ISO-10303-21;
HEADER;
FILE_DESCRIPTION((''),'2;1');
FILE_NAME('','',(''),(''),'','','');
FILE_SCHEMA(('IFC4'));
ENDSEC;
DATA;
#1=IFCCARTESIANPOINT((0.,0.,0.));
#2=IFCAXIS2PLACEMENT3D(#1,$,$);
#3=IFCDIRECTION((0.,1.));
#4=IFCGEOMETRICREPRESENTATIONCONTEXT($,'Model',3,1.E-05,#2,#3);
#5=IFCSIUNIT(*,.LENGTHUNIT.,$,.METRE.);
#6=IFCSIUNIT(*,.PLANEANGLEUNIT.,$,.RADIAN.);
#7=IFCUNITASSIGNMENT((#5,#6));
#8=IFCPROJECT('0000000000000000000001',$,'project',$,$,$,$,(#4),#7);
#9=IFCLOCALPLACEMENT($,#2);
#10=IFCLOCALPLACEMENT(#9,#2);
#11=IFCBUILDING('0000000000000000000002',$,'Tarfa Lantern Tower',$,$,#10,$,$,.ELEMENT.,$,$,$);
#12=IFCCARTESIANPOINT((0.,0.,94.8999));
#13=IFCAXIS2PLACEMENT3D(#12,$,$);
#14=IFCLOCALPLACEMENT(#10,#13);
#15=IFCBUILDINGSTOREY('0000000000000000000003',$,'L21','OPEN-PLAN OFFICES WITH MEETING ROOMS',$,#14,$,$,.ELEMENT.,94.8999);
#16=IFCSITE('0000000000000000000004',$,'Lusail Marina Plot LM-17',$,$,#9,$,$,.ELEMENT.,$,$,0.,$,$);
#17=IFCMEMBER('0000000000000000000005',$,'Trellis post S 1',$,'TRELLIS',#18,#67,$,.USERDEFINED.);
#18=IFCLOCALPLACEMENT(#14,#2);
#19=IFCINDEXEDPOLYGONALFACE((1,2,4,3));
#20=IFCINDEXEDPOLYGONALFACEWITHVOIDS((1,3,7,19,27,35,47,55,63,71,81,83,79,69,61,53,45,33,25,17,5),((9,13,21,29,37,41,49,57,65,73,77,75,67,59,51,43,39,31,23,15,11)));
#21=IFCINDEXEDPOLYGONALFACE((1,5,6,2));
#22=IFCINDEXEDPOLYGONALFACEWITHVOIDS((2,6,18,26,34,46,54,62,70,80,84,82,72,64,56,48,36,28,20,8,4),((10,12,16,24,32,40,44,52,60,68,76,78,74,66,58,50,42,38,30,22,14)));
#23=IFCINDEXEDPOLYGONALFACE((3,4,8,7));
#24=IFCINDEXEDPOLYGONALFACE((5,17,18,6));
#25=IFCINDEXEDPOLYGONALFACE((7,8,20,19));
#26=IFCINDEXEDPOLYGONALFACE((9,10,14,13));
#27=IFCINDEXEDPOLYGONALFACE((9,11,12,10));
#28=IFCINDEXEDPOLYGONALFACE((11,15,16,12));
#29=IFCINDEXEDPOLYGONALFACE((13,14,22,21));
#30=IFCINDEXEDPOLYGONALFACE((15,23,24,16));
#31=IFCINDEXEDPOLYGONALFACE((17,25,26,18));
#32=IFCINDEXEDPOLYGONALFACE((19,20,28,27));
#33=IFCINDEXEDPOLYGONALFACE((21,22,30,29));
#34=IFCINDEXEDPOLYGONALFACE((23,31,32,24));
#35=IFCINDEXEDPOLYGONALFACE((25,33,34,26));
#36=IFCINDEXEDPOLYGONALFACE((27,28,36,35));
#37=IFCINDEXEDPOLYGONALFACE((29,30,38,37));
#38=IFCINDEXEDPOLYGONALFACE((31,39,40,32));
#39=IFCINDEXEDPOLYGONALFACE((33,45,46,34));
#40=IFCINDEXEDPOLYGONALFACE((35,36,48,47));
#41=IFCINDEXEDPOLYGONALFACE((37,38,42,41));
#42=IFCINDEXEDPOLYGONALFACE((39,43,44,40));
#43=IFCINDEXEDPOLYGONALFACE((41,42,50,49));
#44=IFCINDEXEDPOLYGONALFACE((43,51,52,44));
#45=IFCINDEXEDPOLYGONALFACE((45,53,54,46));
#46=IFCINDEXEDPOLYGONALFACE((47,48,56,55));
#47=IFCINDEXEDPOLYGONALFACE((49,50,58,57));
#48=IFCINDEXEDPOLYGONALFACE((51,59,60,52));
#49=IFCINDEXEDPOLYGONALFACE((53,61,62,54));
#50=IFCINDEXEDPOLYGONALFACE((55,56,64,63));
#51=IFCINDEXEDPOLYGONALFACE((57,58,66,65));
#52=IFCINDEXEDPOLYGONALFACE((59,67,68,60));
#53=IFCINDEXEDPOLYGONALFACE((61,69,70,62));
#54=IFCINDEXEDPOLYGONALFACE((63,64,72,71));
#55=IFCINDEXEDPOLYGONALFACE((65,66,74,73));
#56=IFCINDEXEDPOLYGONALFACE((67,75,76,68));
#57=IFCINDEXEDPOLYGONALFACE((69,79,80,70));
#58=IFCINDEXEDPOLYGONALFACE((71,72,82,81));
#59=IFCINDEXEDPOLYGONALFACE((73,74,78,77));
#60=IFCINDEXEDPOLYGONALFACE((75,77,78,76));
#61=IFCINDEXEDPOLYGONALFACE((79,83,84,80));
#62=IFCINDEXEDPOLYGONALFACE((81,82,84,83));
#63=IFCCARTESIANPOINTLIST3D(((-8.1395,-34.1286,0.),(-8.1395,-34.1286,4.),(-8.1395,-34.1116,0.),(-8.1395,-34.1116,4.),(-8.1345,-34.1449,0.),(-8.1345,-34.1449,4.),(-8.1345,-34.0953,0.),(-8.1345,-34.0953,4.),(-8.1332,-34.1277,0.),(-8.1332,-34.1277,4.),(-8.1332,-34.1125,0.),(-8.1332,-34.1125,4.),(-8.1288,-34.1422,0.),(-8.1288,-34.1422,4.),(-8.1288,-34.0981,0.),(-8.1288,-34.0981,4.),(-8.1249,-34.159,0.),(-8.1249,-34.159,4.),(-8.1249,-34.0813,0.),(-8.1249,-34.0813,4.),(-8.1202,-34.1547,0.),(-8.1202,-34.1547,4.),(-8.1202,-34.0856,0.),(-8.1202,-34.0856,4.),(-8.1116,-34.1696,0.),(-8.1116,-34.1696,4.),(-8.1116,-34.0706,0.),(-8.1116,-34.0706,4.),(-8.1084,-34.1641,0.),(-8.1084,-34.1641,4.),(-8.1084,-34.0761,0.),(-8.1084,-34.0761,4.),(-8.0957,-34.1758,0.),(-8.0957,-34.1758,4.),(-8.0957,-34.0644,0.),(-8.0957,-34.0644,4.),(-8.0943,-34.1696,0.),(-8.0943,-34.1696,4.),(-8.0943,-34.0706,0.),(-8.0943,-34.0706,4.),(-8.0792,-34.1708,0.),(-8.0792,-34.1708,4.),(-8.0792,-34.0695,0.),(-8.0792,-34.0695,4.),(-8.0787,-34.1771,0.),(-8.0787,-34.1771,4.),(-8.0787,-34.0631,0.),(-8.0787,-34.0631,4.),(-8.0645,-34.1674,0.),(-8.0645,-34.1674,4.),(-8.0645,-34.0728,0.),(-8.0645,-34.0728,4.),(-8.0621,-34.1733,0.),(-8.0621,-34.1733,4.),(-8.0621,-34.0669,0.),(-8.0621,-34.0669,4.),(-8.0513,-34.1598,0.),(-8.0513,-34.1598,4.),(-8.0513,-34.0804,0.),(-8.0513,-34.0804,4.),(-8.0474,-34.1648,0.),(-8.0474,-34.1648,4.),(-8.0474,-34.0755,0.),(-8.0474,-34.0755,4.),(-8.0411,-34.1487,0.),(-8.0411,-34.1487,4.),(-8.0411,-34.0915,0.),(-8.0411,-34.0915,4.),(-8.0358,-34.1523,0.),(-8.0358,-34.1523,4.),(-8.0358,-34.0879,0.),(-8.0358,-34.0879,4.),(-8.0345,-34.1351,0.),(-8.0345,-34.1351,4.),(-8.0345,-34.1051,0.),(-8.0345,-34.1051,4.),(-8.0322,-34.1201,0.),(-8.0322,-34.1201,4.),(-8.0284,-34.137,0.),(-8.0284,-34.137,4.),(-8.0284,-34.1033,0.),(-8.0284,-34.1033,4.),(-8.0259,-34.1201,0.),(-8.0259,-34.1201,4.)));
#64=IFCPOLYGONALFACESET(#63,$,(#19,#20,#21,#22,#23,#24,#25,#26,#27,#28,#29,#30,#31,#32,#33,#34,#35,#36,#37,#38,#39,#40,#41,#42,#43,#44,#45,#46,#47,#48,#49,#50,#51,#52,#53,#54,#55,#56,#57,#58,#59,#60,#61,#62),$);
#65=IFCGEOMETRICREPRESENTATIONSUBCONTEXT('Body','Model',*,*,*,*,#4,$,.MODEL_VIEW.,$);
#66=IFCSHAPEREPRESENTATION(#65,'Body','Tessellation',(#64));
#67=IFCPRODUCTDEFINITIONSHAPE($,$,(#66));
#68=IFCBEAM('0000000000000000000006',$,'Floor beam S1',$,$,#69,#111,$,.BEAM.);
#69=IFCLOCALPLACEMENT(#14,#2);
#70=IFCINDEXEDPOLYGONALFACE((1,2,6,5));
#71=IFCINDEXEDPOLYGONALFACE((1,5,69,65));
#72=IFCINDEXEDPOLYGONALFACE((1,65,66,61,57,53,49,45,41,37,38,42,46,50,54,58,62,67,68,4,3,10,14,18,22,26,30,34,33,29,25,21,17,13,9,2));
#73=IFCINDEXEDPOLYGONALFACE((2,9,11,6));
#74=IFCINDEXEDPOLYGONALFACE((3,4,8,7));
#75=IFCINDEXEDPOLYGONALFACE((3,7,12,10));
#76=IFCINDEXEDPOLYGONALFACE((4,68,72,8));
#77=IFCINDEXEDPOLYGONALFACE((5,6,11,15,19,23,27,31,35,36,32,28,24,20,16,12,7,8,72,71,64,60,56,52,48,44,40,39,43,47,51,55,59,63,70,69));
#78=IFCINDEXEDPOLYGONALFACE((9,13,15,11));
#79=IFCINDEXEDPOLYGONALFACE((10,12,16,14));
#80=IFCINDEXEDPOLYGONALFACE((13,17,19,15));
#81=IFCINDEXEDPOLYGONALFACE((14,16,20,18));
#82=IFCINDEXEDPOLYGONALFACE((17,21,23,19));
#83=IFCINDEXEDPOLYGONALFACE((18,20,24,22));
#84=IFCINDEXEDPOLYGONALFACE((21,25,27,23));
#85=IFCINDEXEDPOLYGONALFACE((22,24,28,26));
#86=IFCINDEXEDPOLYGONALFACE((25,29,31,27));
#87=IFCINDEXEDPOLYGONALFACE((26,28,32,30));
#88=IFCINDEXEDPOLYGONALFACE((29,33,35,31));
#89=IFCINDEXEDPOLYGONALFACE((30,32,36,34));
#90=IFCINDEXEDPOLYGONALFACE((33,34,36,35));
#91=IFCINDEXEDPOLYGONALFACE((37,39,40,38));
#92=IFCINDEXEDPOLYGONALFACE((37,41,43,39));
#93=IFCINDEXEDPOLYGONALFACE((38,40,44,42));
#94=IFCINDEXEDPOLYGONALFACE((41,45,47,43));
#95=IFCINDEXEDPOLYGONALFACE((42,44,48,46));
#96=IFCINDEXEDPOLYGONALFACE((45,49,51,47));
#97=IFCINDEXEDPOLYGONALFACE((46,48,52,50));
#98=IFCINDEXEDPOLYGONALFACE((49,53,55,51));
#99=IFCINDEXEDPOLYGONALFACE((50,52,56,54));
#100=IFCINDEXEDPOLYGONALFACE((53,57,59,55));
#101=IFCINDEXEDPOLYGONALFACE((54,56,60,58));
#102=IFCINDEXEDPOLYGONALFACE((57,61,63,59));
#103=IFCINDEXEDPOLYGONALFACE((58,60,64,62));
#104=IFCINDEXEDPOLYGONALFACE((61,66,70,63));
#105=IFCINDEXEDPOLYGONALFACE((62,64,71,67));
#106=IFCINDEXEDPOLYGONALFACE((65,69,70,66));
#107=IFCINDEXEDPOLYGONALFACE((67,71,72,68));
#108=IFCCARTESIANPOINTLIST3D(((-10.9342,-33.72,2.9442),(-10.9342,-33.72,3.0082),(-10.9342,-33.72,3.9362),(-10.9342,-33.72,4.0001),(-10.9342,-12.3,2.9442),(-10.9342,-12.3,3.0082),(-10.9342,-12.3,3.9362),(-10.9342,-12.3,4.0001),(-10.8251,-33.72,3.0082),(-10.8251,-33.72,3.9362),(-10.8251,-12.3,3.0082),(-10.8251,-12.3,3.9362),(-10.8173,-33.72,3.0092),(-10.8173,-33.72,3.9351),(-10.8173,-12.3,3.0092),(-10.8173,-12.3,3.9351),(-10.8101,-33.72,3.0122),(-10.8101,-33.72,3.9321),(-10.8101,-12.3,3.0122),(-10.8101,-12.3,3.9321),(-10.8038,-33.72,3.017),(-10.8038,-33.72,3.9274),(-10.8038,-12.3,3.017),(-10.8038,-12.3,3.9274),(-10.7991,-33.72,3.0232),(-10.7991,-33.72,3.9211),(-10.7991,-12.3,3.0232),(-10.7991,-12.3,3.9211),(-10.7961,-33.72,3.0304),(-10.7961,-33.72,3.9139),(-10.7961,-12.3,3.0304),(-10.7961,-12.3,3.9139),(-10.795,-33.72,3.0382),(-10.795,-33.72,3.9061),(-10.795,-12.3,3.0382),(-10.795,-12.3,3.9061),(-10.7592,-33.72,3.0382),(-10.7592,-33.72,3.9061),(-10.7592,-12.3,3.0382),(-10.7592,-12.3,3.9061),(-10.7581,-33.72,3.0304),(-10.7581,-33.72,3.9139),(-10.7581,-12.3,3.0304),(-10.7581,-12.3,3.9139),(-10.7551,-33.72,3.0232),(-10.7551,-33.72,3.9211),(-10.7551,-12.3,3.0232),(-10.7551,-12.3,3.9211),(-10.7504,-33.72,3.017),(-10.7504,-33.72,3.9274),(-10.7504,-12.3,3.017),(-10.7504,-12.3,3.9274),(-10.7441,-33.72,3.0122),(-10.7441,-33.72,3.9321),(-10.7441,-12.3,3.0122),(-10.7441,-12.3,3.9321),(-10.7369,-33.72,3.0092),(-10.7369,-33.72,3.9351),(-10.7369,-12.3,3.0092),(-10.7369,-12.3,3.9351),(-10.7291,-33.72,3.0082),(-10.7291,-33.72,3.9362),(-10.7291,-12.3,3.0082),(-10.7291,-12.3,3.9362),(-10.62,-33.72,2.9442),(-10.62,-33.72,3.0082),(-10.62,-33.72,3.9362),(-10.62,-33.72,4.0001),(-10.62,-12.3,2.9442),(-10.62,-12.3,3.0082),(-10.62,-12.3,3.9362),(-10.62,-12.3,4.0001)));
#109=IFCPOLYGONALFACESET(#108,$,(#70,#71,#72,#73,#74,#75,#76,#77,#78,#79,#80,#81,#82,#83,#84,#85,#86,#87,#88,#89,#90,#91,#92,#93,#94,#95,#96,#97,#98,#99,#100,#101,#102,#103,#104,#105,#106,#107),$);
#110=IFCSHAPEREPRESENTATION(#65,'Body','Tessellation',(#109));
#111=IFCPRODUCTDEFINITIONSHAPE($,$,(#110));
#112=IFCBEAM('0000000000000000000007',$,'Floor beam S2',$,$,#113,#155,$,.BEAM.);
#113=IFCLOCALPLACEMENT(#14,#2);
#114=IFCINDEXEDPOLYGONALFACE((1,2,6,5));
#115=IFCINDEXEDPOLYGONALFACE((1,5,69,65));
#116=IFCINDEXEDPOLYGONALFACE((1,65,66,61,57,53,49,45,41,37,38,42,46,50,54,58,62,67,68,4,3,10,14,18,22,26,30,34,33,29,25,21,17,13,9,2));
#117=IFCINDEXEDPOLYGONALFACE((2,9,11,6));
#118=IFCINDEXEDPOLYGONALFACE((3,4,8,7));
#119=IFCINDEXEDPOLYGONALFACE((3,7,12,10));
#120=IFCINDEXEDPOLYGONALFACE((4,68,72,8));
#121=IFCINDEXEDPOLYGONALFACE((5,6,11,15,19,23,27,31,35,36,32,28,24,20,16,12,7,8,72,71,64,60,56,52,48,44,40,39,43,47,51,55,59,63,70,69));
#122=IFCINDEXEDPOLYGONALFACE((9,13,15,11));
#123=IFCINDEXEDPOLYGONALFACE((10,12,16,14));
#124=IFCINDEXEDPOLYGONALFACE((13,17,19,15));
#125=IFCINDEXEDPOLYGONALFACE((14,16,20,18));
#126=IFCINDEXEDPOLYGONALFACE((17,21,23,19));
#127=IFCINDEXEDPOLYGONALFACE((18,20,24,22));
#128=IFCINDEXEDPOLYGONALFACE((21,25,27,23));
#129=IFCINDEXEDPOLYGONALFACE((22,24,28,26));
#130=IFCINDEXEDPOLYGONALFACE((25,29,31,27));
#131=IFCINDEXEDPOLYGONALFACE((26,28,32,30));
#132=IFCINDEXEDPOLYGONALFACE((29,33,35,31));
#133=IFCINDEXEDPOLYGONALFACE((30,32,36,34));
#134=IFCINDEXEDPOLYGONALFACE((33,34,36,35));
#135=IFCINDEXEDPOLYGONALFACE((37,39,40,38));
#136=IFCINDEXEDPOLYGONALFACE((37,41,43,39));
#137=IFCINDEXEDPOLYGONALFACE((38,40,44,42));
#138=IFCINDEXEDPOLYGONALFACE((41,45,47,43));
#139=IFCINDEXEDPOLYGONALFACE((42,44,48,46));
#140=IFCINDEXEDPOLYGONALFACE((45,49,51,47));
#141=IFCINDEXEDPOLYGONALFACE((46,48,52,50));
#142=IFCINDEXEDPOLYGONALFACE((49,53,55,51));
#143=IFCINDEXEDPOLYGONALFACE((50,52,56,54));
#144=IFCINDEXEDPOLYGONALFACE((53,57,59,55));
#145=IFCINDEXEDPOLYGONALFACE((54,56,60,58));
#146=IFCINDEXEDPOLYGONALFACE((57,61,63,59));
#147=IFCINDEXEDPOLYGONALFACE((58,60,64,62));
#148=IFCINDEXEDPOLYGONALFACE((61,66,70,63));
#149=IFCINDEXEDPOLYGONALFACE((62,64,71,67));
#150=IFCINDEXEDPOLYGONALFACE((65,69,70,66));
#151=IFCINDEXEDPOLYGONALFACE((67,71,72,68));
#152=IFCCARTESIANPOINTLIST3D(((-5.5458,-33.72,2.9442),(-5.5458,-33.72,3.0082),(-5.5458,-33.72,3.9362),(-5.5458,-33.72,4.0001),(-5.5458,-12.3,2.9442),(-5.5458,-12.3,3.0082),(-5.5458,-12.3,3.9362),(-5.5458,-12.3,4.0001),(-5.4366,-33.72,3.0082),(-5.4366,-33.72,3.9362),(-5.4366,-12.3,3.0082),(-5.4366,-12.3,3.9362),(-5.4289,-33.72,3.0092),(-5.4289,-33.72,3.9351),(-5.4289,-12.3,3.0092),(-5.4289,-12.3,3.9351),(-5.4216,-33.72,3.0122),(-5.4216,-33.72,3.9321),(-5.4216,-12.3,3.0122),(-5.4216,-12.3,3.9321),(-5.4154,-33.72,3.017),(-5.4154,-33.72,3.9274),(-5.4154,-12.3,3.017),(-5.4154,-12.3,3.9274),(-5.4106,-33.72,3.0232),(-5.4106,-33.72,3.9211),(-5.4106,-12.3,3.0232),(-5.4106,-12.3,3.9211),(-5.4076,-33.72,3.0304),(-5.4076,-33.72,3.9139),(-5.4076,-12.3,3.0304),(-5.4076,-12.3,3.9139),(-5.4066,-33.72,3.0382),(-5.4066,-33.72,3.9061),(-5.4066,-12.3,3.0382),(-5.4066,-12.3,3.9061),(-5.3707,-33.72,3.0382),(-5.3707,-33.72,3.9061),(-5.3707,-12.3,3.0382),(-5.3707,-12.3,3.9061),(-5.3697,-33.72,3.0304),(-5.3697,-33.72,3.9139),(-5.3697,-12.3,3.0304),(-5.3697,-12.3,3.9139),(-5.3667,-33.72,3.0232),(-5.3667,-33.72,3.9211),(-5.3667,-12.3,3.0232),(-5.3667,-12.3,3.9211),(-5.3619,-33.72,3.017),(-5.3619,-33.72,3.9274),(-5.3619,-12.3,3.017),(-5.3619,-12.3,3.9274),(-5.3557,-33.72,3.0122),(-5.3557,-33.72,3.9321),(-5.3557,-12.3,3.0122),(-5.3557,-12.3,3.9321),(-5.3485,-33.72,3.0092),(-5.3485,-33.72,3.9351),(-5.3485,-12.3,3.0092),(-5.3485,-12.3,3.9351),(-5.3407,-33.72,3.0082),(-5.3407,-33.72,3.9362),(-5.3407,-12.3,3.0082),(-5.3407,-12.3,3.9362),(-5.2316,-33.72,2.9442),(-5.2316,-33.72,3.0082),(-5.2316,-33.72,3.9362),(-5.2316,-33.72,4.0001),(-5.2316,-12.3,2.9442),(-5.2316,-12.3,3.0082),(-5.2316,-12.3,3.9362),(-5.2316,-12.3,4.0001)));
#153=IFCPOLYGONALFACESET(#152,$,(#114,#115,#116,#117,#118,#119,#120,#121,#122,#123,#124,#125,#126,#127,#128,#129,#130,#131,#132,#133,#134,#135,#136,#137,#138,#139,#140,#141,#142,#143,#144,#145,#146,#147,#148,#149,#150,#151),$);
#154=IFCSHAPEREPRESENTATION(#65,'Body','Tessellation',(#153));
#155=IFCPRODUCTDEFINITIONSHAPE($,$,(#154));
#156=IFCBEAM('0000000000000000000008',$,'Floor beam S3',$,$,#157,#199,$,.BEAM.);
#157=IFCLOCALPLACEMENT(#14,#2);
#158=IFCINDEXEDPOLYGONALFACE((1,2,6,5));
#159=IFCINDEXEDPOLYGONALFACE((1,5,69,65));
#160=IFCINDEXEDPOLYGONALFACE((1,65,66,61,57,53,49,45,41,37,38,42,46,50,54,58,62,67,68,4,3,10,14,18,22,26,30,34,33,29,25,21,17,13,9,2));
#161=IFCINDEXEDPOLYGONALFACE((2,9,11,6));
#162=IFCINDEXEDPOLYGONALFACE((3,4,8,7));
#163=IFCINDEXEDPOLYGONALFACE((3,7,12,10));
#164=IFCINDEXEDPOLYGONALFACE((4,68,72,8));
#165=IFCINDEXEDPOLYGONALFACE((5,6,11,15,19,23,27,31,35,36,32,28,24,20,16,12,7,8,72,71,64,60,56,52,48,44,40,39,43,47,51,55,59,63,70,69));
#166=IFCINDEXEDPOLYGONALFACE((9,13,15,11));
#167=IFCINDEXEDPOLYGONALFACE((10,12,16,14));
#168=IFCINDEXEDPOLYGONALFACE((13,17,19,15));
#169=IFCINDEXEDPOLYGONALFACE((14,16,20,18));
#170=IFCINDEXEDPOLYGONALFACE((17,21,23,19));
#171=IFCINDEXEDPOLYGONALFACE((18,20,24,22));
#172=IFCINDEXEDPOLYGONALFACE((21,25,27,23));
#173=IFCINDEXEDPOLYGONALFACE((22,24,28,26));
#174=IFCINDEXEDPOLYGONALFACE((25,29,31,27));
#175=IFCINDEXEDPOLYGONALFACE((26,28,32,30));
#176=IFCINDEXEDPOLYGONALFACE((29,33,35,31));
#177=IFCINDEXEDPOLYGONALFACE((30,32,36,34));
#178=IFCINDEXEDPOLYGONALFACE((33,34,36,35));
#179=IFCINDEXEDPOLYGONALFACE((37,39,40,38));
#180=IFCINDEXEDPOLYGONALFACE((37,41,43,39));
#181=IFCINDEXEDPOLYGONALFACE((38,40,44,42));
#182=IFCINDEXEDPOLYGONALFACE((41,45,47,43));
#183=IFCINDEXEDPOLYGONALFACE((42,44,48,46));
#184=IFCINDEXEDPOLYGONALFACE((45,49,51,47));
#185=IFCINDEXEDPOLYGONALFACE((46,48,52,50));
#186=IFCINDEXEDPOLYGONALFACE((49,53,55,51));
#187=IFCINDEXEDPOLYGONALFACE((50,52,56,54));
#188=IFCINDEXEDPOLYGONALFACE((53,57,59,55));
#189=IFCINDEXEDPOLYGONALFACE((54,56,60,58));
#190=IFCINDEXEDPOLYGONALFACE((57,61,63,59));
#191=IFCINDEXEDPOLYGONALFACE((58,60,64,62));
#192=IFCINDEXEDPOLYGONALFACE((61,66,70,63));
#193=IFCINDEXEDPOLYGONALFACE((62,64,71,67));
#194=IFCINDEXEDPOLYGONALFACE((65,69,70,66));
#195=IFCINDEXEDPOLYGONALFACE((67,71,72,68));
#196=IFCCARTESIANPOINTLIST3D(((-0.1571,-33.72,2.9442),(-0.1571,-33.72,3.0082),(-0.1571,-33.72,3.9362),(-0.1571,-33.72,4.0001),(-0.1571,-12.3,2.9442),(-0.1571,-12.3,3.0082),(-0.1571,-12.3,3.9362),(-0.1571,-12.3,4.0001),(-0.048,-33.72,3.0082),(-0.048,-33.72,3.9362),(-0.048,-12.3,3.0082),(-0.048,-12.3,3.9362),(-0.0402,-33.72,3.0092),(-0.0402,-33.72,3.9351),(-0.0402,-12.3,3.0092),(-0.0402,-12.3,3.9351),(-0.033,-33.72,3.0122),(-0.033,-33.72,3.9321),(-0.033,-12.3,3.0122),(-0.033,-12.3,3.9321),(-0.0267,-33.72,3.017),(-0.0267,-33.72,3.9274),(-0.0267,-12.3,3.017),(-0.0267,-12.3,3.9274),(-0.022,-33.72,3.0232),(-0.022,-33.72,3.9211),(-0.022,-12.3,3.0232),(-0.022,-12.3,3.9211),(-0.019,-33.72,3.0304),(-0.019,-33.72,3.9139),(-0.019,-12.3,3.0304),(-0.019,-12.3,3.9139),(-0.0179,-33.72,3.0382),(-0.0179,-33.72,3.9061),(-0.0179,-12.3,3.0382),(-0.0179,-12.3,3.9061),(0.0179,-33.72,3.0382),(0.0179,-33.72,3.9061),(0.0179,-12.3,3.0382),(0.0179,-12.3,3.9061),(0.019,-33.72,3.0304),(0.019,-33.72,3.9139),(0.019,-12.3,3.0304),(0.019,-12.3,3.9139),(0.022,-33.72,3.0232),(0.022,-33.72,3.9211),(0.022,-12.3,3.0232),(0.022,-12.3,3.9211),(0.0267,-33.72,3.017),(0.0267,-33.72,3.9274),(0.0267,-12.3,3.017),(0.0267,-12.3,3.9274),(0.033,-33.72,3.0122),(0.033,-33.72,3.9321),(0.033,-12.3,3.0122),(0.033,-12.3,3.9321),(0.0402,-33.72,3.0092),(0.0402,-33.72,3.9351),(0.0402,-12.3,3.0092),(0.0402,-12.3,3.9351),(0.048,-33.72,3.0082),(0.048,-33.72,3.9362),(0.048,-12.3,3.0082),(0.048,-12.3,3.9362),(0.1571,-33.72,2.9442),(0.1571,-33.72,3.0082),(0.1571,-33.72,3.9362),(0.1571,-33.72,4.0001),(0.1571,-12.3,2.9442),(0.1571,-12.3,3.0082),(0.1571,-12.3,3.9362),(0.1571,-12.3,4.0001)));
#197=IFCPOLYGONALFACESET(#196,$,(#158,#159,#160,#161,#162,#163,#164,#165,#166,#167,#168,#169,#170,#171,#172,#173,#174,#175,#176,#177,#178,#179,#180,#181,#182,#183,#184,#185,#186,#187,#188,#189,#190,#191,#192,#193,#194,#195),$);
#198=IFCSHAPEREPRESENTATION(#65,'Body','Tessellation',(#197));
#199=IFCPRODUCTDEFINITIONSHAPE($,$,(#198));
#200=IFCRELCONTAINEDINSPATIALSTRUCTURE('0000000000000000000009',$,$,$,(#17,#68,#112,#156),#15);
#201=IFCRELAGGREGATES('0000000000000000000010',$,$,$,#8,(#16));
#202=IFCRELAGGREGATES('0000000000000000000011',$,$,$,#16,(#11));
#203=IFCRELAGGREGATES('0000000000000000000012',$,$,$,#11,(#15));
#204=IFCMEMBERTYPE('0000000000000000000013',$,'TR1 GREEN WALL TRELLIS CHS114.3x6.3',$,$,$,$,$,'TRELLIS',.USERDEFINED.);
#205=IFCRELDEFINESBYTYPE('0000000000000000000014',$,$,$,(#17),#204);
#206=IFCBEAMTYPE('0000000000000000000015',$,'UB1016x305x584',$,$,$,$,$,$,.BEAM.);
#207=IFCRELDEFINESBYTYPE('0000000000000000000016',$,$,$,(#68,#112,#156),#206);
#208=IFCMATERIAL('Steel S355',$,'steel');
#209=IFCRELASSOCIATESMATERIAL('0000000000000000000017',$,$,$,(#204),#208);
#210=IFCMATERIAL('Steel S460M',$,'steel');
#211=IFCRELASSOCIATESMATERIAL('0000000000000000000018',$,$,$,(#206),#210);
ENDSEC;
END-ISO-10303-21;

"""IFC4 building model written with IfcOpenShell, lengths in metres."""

from ifc_helpers import new_model, si_unit, direction, frame, origin, origin_2d, place, context, subcontext, project, spatial, hollow_circle, i_section, extrude, material, material_profile, profile_set, type_object, element, save


model = new_model("IFC4")

# Units and contexts
model_context = context("Model", 3, precision=1e-05, world=origin(), true_north=direction((0.0, 1.0)))
body_context = subcontext(model_context, "Body", "Model", "MODEL_VIEW")
ifc_project = project(units=[si_unit("LENGTHUNIT", "METRE"), si_unit("PLANEANGLEUNIT", "RADIAN")], contexts=[model_context])

# Site, building, storey
site_placement = place(None, origin())
site = spatial("IfcSite", under=ifc_project, at=site_placement, Name="Lusail Marina Plot LM-17", CompositionType="ELEMENT", RefElevation=0.0)
building_placement = place(site_placement, origin())
building = spatial("IfcBuilding", under=site, at=building_placement, Name="Tarfa Lantern Tower", CompositionType="ELEMENT")
storey_placement = place(building_placement, frame((0.0, 0.0, 94.8999)))
storey = spatial("IfcBuildingStorey", under=building, at=storey_placement, Name="L21", Description="OPEN-PLAN OFFICES WITH MEETING ROOMS", CompositionType="ELEMENT", Elevation=94.8999)

# Member
ifc_material_1 = material(Name="Steel S355", Category="steel")
ifc_material_profile_1 = material_profile(ifc_material_1, hollow_circle(Radius=0.0571, WallThickness=0.0063, at=origin_2d()), Name="CHS114.3x6.3")
ifc_profile_set_1 = profile_set([ifc_material_profile_1], Name="Steel S355")
member_type_1 = type_object("IfcMemberType", Name="TR1 GREEN WALL TRELLIS CHS114.3x6.3", ElementType="TRELLIS", PredefinedType="USERDEFINED", material=ifc_profile_set_1)
member_1_placement = place(storey_placement, frame((-8.083, -34.1201, 0.0), z_axis=(0.0, 0.0, 1.0), x_axis=(1.0, 0.0, 0.0)))
element("IfcMember", 1, at=member_1_placement, inside=storey, type_object=member_type_1, Name="Trellis post S 1", ObjectType="TRELLIS", PredefinedType="USERDEFINED", context=body_context, shape_type="SweptSolid", body=[
    extrude(hollow_circle(Radius=0.0571, WallThickness=0.0063, at=origin_2d()), origin(), (0.0, 0.0, 1.0), 4.0),
])

# Beams
ifc_material_2 = material(Name="Steel S460M", Category="steel")
ifc_material_profile_2 = material_profile(ifc_material_2, i_section(OverallWidth=0.3142, OverallDepth=1.0559, WebThickness=0.0359, FlangeThickness=0.064, FilletRadius=0.03, at=origin_2d()), Name="UB1016x305x584")
ifc_profile_set_2 = profile_set([ifc_material_profile_2], Name="Steel S460M")
beam_type_1 = type_object("IfcBeamType", Name="UB1016x305x584", PredefinedType="BEAM", material=ifc_profile_set_2)
for number, where, z_axis, x_axis, name in (
    (2, (-10.7771, -33.72, 3.4722), (0.0, 1.0, 0.0), (-1.0, 0.0, 0.0), "Floor beam S1"),
    (3, (-5.3887, -33.72, 3.4722), (0.0, 1.0, 0.0), (-1.0, 0.0, 0.0), "Floor beam S2"),
    (4, (0.0, -33.72, 3.4722), (0.0, 1.0, 0.0), (-1.0, 0.0, 0.0), "Floor beam S3"),
):
    element("IfcBeam", number, at=place(storey_placement, frame(where, z_axis=z_axis, x_axis=x_axis)), inside=storey, type_object=beam_type_1, Name=name, PredefinedType="BEAM", context=body_context, shape_type="SweptSolid", body=[
        extrude(i_section(OverallWidth=0.3142, OverallDepth=1.0559, WebThickness=0.0359, FlangeThickness=0.064, FilletRadius=0.03, at=origin_2d()), origin(), (0.0, 0.0, 1.0), 21.4199),
    ])

save(model, "model.ifc")
